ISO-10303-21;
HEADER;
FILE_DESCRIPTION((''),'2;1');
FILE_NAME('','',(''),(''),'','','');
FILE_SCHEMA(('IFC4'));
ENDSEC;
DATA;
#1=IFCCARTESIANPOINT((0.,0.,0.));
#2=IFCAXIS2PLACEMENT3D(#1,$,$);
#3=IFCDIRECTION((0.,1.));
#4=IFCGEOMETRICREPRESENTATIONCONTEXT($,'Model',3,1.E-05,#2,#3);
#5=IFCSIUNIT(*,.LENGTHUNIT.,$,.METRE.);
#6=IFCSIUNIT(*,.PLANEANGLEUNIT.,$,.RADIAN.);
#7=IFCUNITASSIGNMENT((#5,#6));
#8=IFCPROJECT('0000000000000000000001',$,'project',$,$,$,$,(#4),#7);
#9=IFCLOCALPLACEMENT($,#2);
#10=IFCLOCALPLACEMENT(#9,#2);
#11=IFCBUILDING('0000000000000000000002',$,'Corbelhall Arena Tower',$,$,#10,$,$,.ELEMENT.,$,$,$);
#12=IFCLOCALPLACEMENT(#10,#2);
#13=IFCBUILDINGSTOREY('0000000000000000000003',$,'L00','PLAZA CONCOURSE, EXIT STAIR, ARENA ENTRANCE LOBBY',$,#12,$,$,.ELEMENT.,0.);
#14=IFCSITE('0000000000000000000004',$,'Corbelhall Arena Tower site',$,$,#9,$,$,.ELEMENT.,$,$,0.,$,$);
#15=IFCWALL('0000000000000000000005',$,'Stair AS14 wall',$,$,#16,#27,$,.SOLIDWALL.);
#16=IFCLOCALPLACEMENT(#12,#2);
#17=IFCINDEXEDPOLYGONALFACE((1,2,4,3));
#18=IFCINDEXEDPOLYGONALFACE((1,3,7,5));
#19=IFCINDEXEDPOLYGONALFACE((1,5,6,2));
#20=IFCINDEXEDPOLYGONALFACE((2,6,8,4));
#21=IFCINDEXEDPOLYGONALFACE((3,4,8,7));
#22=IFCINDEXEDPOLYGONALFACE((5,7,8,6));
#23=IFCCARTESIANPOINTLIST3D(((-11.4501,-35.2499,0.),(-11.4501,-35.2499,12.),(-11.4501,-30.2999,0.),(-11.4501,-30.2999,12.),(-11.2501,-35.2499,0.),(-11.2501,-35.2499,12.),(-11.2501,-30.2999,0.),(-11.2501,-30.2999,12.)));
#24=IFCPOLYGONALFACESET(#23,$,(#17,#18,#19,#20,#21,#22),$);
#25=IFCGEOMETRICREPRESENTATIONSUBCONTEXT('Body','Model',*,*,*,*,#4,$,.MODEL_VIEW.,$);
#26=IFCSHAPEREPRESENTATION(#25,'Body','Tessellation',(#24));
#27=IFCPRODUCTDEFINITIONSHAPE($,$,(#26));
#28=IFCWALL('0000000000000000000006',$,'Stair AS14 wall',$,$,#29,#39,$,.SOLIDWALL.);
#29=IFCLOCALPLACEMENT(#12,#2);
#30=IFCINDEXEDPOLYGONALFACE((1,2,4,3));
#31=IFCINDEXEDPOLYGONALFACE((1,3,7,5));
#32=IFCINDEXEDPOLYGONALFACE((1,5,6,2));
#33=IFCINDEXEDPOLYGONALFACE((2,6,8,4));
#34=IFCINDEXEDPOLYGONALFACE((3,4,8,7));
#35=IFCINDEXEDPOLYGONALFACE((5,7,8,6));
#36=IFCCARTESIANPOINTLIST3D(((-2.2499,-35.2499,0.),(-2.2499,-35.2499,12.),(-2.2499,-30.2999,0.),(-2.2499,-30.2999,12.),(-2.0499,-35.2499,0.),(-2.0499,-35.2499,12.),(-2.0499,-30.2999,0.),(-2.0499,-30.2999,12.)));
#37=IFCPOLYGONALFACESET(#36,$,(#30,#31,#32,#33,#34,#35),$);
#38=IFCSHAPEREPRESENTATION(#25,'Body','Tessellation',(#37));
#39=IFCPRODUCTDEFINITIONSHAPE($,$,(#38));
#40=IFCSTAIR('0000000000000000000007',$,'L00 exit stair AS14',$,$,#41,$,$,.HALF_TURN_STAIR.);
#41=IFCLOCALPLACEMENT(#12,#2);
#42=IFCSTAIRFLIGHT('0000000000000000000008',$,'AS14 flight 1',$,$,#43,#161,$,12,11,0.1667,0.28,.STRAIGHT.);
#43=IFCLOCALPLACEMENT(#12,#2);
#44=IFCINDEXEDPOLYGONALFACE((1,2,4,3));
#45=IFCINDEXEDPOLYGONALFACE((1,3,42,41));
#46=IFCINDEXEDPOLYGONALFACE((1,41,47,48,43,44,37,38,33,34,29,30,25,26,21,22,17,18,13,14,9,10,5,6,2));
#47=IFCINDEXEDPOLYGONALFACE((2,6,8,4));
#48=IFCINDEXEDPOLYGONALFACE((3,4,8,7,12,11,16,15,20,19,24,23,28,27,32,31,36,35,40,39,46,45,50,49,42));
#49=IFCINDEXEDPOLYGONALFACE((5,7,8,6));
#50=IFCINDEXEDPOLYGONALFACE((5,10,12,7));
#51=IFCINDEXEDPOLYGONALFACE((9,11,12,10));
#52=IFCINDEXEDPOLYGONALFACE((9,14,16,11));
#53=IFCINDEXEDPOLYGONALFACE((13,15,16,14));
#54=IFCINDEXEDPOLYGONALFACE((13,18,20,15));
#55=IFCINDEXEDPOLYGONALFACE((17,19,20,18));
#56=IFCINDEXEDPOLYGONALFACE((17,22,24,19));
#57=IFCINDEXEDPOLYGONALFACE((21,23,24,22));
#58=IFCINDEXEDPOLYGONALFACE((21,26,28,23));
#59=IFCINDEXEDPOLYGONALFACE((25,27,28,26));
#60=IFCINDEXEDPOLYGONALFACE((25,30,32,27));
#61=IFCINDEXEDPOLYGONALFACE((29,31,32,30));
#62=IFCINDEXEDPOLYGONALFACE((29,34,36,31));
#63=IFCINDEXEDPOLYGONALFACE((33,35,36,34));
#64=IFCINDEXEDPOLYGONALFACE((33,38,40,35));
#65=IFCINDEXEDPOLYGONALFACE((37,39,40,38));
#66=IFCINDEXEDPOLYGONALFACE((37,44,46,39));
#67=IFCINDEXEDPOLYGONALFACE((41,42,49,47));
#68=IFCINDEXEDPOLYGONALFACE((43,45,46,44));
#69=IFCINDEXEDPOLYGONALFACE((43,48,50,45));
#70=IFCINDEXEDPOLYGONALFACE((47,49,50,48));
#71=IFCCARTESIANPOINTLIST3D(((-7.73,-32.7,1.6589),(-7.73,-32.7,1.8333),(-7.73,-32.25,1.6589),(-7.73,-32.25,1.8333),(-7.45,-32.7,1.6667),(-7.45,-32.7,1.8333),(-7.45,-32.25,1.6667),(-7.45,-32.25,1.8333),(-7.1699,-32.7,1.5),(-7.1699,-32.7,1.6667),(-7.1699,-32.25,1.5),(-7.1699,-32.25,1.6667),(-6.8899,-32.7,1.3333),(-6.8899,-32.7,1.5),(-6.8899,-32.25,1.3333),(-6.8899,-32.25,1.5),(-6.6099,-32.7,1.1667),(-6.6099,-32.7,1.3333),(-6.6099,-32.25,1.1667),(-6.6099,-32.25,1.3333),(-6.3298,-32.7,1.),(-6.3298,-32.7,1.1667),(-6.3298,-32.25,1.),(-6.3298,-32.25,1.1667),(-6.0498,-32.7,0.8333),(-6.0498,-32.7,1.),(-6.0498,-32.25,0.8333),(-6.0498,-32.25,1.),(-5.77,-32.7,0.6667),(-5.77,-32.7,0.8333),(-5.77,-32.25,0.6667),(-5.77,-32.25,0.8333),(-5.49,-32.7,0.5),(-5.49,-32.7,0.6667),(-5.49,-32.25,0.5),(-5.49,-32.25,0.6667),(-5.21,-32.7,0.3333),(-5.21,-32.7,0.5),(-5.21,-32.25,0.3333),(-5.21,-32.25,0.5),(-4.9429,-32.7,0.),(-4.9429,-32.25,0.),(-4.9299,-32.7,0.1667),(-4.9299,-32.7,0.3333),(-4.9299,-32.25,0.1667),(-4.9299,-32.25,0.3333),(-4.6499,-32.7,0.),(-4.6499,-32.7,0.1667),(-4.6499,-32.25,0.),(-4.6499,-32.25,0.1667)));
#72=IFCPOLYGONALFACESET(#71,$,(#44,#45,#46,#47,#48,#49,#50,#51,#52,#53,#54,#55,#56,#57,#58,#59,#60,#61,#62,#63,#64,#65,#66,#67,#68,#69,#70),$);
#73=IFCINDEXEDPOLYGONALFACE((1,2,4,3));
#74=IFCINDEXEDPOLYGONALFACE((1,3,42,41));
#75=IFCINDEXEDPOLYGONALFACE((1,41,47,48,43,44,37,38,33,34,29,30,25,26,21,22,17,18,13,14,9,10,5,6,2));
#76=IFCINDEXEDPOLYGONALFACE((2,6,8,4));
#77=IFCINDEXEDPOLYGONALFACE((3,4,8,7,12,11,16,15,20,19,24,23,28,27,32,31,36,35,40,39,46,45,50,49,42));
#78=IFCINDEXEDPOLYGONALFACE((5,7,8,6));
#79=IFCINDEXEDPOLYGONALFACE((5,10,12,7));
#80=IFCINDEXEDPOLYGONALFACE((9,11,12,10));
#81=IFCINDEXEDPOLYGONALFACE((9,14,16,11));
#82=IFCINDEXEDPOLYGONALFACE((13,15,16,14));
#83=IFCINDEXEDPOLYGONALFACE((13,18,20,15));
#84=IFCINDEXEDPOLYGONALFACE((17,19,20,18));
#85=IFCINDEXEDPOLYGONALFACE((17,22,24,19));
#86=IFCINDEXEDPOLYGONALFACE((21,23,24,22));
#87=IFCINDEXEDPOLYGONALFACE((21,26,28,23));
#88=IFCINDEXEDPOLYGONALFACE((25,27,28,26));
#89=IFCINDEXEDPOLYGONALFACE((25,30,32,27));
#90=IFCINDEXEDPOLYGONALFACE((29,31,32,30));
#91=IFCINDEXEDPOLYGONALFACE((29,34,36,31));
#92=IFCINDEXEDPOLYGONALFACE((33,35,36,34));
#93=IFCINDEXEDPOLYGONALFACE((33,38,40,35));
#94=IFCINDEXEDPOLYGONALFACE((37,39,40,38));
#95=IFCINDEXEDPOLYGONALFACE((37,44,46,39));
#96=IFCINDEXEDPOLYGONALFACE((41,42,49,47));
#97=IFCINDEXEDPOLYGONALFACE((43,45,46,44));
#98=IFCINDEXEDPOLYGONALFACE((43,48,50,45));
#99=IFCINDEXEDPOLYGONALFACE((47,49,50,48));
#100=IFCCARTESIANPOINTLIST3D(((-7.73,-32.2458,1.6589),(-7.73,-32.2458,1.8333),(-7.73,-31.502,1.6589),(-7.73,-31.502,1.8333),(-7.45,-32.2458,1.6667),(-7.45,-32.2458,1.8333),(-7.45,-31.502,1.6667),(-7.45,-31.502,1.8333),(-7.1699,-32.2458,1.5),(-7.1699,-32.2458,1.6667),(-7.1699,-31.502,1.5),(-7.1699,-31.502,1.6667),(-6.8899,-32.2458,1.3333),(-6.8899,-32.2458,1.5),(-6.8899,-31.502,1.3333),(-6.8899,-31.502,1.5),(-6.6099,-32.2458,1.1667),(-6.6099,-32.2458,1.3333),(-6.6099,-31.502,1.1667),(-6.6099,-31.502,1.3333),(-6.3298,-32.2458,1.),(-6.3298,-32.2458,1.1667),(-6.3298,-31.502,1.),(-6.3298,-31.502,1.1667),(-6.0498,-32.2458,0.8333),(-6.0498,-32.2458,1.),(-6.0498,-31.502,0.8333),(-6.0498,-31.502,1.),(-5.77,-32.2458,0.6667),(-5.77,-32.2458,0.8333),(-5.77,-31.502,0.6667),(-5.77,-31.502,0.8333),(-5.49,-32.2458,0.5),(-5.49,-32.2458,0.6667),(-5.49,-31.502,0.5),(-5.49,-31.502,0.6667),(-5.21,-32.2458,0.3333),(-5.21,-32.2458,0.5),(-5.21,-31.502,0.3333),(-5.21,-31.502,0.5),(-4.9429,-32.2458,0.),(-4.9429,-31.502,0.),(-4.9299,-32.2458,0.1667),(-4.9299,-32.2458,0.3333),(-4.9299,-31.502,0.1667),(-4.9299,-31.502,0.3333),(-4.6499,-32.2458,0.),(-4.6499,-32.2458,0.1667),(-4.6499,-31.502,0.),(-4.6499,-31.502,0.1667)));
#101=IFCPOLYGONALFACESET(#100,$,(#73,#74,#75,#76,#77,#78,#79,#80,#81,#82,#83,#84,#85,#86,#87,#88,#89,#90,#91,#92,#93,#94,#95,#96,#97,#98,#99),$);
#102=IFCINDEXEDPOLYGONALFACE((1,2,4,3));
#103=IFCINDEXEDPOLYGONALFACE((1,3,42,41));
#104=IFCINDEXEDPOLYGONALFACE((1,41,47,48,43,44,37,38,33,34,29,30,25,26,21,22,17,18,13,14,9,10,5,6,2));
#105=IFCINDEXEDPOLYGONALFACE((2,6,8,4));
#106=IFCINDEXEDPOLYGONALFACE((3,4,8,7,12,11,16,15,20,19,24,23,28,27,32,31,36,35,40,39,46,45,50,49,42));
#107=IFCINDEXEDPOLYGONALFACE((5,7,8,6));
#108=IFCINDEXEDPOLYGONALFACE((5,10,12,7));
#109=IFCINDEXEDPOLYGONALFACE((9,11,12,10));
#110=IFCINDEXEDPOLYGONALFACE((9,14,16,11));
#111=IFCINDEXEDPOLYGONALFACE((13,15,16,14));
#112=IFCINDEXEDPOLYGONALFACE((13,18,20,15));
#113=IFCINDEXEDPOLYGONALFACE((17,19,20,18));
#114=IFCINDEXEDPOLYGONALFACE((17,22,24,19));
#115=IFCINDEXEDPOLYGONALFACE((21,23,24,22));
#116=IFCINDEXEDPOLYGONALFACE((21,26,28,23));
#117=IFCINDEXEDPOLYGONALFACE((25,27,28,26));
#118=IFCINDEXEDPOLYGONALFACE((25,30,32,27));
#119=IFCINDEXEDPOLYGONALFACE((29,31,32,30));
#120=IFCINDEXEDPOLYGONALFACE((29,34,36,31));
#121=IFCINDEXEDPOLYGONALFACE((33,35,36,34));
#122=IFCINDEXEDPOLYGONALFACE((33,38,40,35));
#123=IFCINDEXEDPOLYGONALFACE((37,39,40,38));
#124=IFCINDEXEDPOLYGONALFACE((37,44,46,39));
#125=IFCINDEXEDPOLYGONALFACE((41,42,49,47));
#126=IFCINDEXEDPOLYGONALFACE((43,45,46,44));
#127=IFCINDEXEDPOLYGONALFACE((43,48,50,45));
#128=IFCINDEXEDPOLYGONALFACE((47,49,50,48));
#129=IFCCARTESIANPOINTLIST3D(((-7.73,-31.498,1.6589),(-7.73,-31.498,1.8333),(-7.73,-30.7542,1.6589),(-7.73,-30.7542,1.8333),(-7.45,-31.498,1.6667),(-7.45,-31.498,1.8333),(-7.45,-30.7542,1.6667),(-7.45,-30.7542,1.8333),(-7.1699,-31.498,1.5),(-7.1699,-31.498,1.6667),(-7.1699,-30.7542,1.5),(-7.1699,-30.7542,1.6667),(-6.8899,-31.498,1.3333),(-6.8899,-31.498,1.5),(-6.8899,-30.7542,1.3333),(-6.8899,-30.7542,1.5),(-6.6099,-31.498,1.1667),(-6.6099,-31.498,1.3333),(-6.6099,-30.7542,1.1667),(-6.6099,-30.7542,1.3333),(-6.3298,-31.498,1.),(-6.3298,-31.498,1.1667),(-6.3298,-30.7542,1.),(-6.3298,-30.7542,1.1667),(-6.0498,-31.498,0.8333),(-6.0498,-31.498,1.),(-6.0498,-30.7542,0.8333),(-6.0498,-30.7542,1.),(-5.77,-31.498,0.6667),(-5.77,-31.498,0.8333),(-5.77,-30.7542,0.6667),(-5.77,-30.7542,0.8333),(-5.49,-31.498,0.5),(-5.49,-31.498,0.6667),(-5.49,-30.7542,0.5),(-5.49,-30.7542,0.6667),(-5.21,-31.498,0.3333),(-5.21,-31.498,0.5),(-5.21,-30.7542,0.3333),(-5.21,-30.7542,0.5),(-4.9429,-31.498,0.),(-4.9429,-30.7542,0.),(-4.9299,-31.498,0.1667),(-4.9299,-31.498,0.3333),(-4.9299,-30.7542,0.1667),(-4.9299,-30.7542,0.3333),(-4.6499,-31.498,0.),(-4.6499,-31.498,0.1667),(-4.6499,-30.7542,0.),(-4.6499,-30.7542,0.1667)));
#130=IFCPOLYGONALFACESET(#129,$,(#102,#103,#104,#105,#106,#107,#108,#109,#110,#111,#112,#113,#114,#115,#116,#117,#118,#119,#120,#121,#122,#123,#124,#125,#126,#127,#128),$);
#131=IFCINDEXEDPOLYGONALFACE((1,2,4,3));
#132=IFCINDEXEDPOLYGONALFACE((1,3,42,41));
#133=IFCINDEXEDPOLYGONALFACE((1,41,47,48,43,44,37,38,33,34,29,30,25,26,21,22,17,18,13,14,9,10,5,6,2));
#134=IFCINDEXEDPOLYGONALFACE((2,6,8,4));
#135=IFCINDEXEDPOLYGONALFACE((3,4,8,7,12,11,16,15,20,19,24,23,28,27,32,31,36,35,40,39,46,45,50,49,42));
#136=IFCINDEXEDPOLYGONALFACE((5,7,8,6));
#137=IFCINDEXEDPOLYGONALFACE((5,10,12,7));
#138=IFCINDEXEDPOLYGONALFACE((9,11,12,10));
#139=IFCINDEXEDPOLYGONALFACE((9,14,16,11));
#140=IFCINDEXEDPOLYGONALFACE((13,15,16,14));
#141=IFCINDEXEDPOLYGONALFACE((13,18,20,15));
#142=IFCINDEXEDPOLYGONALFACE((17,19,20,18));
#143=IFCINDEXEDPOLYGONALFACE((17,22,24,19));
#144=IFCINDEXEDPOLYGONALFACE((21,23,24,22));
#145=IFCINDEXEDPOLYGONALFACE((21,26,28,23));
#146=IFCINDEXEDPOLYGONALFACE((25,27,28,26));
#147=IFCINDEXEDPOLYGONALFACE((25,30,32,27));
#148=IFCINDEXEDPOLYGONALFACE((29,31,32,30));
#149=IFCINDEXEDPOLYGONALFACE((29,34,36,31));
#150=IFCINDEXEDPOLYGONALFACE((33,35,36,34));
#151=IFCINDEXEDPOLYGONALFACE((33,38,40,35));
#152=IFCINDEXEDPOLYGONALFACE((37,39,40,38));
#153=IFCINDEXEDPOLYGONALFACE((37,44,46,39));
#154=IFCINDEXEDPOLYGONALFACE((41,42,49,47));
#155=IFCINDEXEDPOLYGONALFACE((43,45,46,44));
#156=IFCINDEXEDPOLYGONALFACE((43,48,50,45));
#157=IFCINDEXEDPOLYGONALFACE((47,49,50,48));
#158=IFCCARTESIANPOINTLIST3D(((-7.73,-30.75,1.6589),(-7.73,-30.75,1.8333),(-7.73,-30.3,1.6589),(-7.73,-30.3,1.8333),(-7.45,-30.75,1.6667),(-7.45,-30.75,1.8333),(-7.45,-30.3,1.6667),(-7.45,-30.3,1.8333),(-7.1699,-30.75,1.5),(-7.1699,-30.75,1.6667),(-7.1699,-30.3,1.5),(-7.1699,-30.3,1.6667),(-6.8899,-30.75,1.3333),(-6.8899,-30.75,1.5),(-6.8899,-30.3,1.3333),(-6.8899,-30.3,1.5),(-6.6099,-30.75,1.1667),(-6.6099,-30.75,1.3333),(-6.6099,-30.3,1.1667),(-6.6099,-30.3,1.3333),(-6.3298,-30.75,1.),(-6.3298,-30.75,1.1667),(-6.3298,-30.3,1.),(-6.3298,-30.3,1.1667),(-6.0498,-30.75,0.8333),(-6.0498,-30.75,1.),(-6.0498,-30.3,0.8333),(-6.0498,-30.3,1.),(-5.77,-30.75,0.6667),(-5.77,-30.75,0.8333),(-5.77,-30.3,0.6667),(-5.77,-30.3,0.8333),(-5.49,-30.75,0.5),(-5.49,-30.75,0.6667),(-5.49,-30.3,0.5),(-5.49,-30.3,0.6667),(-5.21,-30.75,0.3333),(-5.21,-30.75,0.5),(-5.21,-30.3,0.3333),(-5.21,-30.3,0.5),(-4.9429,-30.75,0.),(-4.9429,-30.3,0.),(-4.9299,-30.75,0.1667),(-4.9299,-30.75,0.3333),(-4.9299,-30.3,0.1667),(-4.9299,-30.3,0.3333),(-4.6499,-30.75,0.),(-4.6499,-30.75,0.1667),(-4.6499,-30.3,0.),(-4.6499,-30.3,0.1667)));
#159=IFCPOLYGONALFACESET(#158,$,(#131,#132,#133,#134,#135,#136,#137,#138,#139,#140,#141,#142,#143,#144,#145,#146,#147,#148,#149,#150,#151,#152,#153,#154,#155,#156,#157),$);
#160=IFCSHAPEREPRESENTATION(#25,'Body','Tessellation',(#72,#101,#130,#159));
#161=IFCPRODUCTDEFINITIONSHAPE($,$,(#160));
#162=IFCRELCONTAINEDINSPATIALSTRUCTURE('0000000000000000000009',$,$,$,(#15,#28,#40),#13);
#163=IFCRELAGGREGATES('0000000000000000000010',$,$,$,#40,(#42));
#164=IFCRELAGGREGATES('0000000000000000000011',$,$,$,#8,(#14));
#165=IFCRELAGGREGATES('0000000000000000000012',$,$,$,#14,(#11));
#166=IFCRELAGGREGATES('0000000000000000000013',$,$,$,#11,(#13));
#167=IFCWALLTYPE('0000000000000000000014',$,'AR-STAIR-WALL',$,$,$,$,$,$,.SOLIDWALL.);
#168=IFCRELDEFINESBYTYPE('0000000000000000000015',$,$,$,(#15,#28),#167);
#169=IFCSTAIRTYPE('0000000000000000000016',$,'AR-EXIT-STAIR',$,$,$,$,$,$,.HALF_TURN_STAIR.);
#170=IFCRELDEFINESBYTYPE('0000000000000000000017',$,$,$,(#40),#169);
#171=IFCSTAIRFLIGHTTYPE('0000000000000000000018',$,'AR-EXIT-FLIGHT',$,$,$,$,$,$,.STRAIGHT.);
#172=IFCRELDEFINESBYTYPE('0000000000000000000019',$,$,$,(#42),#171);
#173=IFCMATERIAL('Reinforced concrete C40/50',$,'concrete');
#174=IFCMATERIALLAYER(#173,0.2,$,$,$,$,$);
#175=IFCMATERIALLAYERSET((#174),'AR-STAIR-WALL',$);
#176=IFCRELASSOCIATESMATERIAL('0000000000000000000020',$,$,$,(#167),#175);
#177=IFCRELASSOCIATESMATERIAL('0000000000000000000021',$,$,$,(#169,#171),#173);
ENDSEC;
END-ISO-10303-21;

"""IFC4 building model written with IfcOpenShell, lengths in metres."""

from ifc_helpers import new_model, si_unit, direction, frame, frame_2d, origin, place, context, subcontext, project, spatial, polyline, rectangle, outline, extrude, material, layer, layer_set, type_object, element, aggregate, save


model = new_model("IFC4")

# Units and contexts
model_context = context("Model", 3, precision=1e-05, world=origin(), true_north=direction((0.0, 1.0)))
body_context = subcontext(model_context, "Body", "Model", "MODEL_VIEW")
ifc_project = project(units=[si_unit("LENGTHUNIT", "METRE"), si_unit("PLANEANGLEUNIT", "RADIAN")], contexts=[model_context])

# Site, building, storey
site_placement = place(None, origin())
site = spatial("IfcSite", under=ifc_project, at=site_placement, Name="Corbelhall Arena Tower site", CompositionType="ELEMENT", RefElevation=0.0)
building_placement = place(site_placement, origin())
building = spatial("IfcBuilding", under=site, at=building_placement, Name="Corbelhall Arena Tower", CompositionType="ELEMENT")
storey_placement = place(building_placement, origin())
storey = spatial("IfcBuildingStorey", under=building, at=storey_placement, Name="L00", Description="PLAZA CONCOURSE, EXIT STAIR, ARENA ENTRANCE LOBBY", CompositionType="ELEMENT", Elevation=0.0)

# Shared definitions
ifc_material_1 = material(Name="Reinforced concrete C40/50", Category="concrete")
ifc_layer = layer(ifc_material_1, 0.2)
ifc_layer_set = layer_set([ifc_layer], Name="AR-STAIR-WALL")
wall_type = type_object("IfcWallType", Name="AR-STAIR-WALL", PredefinedType="SOLIDWALL", material=ifc_layer_set)

# Walls
for number, where, z_axis, x_axis, name in (
    (1, (-11.3501, -35.25, 0.0), (0.0, 0.0, 1.0), (0.0, 1.0, 0.0), "Stair AS14 wall"),
    (2, (-2.1499, -35.25, 0.0), (0.0, 0.0, 1.0), (0.0, 1.0, 0.0), "Stair AS14 wall"),
):
    element("IfcWall", number, at=place(storey_placement, frame(where, z_axis=z_axis, x_axis=x_axis)), inside=storey, type_object=wall_type, Name=name, PredefinedType="SOLIDWALL", context=body_context, shape_type="SweptSolid", body=[
        extrude(rectangle(XDim=4.95, YDim=0.2, at=frame_2d((2.4751, 0.0))), origin(), (0.0, 0.0, 1.0), 12.0),
    ])

# Stair, stair flight
stair_type = type_object("IfcStairType", Name="AR-EXIT-STAIR", PredefinedType="HALF_TURN_STAIR", material=ifc_material_1)
stair_placement = place(storey_placement, origin())
stair = element("IfcStair", 3, at=stair_placement, inside=storey, type_object=stair_type, Name="L00 exit stair AS14", PredefinedType="HALF_TURN_STAIR")
stair_flight_type = type_object("IfcStairFlightType", Name="AR-EXIT-FLIGHT", PredefinedType="STRAIGHT", material=ifc_material_1)
stair_flight_1_placement = place(storey_placement, frame((-4.6499, -31.5, 0.0), z_axis=(0.0, 0.0, 1.0), x_axis=(-1.0, 0.0, 0.0)))
stair_flight_1 = element("IfcStairFlight", 4, at=stair_flight_1_placement, type_object=stair_flight_type, Name="AS14 flight 1", NumberOfRisers=12, NumberOfTreads=11, PredefinedType="STRAIGHT", RiserHeight=0.1667, TreadLength=0.28, context=body_context, shape_type="SweptSolid", body=[
    extrude(outline(polyline([(0.0, 0.0), (0.0, 0.1667), (0.28, 0.1667), (0.28, 0.3333), (0.5601, 0.3333), (0.5601, 0.5), (0.8401, 0.5), (0.8401, 0.6667), (1.1201, 0.6667), (1.1201, 0.8333), (1.3999, 0.8333), (1.3999, 1.0), (1.6799, 1.0), (1.6799, 1.1667), (1.96, 1.1667), (1.96, 1.3333), (2.24, 1.3333), (2.24, 1.5), (2.52, 1.5), (2.52, 1.6667), (2.8, 1.6667), (2.8, 1.8333), (3.0801, 1.8333), (3.0801, 2.0), (3.0801, 1.6589), (0.293, 0.0), (0.0, 0.0)])), frame((0.0, 1.2, 0.0), z_axis=(0.0, -1.0, 0.0), x_axis=(1.0, 0.0, 0.0)), (0.0, 0.0, 1.0), 0.45),
    extrude(outline(polyline([(0.0, 0.0), (0.0, 0.1667), (0.28, 0.1667), (0.28, 0.3333), (0.5601, 0.3333), (0.5601, 0.5), (0.8401, 0.5), (0.8401, 0.6667), (1.1201, 0.6667), (1.1201, 0.8333), (1.3999, 0.8333), (1.3999, 1.0), (1.6799, 1.0), (1.6799, 1.1667), (1.96, 1.1667), (1.96, 1.3333), (2.24, 1.3333), (2.24, 1.5), (2.52, 1.5), (2.52, 1.6667), (2.8, 1.6667), (2.8, 1.8333), (3.0801, 1.8333), (3.0801, 2.0), (3.0801, 1.6589), (0.293, 0.0), (0.0, 0.0)])), frame((0.0, 0.7458, 0.0), z_axis=(0.0, -1.0, 0.0), x_axis=(1.0, 0.0, 0.0)), (0.0, 0.0, 1.0), 0.7439),
    extrude(outline(polyline([(0.0, 0.0), (0.0, 0.1667), (0.28, 0.1667), (0.28, 0.3333), (0.5601, 0.3333), (0.5601, 0.5), (0.8401, 0.5), (0.8401, 0.6667), (1.1201, 0.6667), (1.1201, 0.8333), (1.3999, 0.8333), (1.3999, 1.0), (1.6799, 1.0), (1.6799, 1.1667), (1.96, 1.1667), (1.96, 1.3333), (2.24, 1.3333), (2.24, 1.5), (2.52, 1.5), (2.52, 1.6667), (2.8, 1.6667), (2.8, 1.8333), (3.0801, 1.8333), (3.0801, 2.0), (3.0801, 1.6589), (0.293, 0.0), (0.0, 0.0)])), frame((0.0, -0.002, 0.0), z_axis=(0.0, -1.0, 0.0), x_axis=(1.0, 0.0, 0.0)), (0.0, 0.0, 1.0), 0.7439),
    extrude(outline(polyline([(0.0, 0.0), (0.0, 0.1667), (0.28, 0.1667), (0.28, 0.3333), (0.5601, 0.3333), (0.5601, 0.5), (0.8401, 0.5), (0.8401, 0.6667), (1.1201, 0.6667), (1.1201, 0.8333), (1.3999, 0.8333), (1.3999, 1.0), (1.6799, 1.0), (1.6799, 1.1667), (1.96, 1.1667), (1.96, 1.3333), (2.24, 1.3333), (2.24, 1.5), (2.52, 1.5), (2.52, 1.6667), (2.8, 1.6667), (2.8, 1.8333), (3.0801, 1.8333), (3.0801, 2.0), (3.0801, 1.6589), (0.293, 0.0), (0.0, 0.0)])), frame((0.0, -0.75, 0.0), z_axis=(0.0, -1.0, 0.0), x_axis=(1.0, 0.0, 0.0)), (0.0, 0.0, 1.0), 0.45),
])
aggregate(stair, [stair_flight_1])

save(model, "model.ifc")
